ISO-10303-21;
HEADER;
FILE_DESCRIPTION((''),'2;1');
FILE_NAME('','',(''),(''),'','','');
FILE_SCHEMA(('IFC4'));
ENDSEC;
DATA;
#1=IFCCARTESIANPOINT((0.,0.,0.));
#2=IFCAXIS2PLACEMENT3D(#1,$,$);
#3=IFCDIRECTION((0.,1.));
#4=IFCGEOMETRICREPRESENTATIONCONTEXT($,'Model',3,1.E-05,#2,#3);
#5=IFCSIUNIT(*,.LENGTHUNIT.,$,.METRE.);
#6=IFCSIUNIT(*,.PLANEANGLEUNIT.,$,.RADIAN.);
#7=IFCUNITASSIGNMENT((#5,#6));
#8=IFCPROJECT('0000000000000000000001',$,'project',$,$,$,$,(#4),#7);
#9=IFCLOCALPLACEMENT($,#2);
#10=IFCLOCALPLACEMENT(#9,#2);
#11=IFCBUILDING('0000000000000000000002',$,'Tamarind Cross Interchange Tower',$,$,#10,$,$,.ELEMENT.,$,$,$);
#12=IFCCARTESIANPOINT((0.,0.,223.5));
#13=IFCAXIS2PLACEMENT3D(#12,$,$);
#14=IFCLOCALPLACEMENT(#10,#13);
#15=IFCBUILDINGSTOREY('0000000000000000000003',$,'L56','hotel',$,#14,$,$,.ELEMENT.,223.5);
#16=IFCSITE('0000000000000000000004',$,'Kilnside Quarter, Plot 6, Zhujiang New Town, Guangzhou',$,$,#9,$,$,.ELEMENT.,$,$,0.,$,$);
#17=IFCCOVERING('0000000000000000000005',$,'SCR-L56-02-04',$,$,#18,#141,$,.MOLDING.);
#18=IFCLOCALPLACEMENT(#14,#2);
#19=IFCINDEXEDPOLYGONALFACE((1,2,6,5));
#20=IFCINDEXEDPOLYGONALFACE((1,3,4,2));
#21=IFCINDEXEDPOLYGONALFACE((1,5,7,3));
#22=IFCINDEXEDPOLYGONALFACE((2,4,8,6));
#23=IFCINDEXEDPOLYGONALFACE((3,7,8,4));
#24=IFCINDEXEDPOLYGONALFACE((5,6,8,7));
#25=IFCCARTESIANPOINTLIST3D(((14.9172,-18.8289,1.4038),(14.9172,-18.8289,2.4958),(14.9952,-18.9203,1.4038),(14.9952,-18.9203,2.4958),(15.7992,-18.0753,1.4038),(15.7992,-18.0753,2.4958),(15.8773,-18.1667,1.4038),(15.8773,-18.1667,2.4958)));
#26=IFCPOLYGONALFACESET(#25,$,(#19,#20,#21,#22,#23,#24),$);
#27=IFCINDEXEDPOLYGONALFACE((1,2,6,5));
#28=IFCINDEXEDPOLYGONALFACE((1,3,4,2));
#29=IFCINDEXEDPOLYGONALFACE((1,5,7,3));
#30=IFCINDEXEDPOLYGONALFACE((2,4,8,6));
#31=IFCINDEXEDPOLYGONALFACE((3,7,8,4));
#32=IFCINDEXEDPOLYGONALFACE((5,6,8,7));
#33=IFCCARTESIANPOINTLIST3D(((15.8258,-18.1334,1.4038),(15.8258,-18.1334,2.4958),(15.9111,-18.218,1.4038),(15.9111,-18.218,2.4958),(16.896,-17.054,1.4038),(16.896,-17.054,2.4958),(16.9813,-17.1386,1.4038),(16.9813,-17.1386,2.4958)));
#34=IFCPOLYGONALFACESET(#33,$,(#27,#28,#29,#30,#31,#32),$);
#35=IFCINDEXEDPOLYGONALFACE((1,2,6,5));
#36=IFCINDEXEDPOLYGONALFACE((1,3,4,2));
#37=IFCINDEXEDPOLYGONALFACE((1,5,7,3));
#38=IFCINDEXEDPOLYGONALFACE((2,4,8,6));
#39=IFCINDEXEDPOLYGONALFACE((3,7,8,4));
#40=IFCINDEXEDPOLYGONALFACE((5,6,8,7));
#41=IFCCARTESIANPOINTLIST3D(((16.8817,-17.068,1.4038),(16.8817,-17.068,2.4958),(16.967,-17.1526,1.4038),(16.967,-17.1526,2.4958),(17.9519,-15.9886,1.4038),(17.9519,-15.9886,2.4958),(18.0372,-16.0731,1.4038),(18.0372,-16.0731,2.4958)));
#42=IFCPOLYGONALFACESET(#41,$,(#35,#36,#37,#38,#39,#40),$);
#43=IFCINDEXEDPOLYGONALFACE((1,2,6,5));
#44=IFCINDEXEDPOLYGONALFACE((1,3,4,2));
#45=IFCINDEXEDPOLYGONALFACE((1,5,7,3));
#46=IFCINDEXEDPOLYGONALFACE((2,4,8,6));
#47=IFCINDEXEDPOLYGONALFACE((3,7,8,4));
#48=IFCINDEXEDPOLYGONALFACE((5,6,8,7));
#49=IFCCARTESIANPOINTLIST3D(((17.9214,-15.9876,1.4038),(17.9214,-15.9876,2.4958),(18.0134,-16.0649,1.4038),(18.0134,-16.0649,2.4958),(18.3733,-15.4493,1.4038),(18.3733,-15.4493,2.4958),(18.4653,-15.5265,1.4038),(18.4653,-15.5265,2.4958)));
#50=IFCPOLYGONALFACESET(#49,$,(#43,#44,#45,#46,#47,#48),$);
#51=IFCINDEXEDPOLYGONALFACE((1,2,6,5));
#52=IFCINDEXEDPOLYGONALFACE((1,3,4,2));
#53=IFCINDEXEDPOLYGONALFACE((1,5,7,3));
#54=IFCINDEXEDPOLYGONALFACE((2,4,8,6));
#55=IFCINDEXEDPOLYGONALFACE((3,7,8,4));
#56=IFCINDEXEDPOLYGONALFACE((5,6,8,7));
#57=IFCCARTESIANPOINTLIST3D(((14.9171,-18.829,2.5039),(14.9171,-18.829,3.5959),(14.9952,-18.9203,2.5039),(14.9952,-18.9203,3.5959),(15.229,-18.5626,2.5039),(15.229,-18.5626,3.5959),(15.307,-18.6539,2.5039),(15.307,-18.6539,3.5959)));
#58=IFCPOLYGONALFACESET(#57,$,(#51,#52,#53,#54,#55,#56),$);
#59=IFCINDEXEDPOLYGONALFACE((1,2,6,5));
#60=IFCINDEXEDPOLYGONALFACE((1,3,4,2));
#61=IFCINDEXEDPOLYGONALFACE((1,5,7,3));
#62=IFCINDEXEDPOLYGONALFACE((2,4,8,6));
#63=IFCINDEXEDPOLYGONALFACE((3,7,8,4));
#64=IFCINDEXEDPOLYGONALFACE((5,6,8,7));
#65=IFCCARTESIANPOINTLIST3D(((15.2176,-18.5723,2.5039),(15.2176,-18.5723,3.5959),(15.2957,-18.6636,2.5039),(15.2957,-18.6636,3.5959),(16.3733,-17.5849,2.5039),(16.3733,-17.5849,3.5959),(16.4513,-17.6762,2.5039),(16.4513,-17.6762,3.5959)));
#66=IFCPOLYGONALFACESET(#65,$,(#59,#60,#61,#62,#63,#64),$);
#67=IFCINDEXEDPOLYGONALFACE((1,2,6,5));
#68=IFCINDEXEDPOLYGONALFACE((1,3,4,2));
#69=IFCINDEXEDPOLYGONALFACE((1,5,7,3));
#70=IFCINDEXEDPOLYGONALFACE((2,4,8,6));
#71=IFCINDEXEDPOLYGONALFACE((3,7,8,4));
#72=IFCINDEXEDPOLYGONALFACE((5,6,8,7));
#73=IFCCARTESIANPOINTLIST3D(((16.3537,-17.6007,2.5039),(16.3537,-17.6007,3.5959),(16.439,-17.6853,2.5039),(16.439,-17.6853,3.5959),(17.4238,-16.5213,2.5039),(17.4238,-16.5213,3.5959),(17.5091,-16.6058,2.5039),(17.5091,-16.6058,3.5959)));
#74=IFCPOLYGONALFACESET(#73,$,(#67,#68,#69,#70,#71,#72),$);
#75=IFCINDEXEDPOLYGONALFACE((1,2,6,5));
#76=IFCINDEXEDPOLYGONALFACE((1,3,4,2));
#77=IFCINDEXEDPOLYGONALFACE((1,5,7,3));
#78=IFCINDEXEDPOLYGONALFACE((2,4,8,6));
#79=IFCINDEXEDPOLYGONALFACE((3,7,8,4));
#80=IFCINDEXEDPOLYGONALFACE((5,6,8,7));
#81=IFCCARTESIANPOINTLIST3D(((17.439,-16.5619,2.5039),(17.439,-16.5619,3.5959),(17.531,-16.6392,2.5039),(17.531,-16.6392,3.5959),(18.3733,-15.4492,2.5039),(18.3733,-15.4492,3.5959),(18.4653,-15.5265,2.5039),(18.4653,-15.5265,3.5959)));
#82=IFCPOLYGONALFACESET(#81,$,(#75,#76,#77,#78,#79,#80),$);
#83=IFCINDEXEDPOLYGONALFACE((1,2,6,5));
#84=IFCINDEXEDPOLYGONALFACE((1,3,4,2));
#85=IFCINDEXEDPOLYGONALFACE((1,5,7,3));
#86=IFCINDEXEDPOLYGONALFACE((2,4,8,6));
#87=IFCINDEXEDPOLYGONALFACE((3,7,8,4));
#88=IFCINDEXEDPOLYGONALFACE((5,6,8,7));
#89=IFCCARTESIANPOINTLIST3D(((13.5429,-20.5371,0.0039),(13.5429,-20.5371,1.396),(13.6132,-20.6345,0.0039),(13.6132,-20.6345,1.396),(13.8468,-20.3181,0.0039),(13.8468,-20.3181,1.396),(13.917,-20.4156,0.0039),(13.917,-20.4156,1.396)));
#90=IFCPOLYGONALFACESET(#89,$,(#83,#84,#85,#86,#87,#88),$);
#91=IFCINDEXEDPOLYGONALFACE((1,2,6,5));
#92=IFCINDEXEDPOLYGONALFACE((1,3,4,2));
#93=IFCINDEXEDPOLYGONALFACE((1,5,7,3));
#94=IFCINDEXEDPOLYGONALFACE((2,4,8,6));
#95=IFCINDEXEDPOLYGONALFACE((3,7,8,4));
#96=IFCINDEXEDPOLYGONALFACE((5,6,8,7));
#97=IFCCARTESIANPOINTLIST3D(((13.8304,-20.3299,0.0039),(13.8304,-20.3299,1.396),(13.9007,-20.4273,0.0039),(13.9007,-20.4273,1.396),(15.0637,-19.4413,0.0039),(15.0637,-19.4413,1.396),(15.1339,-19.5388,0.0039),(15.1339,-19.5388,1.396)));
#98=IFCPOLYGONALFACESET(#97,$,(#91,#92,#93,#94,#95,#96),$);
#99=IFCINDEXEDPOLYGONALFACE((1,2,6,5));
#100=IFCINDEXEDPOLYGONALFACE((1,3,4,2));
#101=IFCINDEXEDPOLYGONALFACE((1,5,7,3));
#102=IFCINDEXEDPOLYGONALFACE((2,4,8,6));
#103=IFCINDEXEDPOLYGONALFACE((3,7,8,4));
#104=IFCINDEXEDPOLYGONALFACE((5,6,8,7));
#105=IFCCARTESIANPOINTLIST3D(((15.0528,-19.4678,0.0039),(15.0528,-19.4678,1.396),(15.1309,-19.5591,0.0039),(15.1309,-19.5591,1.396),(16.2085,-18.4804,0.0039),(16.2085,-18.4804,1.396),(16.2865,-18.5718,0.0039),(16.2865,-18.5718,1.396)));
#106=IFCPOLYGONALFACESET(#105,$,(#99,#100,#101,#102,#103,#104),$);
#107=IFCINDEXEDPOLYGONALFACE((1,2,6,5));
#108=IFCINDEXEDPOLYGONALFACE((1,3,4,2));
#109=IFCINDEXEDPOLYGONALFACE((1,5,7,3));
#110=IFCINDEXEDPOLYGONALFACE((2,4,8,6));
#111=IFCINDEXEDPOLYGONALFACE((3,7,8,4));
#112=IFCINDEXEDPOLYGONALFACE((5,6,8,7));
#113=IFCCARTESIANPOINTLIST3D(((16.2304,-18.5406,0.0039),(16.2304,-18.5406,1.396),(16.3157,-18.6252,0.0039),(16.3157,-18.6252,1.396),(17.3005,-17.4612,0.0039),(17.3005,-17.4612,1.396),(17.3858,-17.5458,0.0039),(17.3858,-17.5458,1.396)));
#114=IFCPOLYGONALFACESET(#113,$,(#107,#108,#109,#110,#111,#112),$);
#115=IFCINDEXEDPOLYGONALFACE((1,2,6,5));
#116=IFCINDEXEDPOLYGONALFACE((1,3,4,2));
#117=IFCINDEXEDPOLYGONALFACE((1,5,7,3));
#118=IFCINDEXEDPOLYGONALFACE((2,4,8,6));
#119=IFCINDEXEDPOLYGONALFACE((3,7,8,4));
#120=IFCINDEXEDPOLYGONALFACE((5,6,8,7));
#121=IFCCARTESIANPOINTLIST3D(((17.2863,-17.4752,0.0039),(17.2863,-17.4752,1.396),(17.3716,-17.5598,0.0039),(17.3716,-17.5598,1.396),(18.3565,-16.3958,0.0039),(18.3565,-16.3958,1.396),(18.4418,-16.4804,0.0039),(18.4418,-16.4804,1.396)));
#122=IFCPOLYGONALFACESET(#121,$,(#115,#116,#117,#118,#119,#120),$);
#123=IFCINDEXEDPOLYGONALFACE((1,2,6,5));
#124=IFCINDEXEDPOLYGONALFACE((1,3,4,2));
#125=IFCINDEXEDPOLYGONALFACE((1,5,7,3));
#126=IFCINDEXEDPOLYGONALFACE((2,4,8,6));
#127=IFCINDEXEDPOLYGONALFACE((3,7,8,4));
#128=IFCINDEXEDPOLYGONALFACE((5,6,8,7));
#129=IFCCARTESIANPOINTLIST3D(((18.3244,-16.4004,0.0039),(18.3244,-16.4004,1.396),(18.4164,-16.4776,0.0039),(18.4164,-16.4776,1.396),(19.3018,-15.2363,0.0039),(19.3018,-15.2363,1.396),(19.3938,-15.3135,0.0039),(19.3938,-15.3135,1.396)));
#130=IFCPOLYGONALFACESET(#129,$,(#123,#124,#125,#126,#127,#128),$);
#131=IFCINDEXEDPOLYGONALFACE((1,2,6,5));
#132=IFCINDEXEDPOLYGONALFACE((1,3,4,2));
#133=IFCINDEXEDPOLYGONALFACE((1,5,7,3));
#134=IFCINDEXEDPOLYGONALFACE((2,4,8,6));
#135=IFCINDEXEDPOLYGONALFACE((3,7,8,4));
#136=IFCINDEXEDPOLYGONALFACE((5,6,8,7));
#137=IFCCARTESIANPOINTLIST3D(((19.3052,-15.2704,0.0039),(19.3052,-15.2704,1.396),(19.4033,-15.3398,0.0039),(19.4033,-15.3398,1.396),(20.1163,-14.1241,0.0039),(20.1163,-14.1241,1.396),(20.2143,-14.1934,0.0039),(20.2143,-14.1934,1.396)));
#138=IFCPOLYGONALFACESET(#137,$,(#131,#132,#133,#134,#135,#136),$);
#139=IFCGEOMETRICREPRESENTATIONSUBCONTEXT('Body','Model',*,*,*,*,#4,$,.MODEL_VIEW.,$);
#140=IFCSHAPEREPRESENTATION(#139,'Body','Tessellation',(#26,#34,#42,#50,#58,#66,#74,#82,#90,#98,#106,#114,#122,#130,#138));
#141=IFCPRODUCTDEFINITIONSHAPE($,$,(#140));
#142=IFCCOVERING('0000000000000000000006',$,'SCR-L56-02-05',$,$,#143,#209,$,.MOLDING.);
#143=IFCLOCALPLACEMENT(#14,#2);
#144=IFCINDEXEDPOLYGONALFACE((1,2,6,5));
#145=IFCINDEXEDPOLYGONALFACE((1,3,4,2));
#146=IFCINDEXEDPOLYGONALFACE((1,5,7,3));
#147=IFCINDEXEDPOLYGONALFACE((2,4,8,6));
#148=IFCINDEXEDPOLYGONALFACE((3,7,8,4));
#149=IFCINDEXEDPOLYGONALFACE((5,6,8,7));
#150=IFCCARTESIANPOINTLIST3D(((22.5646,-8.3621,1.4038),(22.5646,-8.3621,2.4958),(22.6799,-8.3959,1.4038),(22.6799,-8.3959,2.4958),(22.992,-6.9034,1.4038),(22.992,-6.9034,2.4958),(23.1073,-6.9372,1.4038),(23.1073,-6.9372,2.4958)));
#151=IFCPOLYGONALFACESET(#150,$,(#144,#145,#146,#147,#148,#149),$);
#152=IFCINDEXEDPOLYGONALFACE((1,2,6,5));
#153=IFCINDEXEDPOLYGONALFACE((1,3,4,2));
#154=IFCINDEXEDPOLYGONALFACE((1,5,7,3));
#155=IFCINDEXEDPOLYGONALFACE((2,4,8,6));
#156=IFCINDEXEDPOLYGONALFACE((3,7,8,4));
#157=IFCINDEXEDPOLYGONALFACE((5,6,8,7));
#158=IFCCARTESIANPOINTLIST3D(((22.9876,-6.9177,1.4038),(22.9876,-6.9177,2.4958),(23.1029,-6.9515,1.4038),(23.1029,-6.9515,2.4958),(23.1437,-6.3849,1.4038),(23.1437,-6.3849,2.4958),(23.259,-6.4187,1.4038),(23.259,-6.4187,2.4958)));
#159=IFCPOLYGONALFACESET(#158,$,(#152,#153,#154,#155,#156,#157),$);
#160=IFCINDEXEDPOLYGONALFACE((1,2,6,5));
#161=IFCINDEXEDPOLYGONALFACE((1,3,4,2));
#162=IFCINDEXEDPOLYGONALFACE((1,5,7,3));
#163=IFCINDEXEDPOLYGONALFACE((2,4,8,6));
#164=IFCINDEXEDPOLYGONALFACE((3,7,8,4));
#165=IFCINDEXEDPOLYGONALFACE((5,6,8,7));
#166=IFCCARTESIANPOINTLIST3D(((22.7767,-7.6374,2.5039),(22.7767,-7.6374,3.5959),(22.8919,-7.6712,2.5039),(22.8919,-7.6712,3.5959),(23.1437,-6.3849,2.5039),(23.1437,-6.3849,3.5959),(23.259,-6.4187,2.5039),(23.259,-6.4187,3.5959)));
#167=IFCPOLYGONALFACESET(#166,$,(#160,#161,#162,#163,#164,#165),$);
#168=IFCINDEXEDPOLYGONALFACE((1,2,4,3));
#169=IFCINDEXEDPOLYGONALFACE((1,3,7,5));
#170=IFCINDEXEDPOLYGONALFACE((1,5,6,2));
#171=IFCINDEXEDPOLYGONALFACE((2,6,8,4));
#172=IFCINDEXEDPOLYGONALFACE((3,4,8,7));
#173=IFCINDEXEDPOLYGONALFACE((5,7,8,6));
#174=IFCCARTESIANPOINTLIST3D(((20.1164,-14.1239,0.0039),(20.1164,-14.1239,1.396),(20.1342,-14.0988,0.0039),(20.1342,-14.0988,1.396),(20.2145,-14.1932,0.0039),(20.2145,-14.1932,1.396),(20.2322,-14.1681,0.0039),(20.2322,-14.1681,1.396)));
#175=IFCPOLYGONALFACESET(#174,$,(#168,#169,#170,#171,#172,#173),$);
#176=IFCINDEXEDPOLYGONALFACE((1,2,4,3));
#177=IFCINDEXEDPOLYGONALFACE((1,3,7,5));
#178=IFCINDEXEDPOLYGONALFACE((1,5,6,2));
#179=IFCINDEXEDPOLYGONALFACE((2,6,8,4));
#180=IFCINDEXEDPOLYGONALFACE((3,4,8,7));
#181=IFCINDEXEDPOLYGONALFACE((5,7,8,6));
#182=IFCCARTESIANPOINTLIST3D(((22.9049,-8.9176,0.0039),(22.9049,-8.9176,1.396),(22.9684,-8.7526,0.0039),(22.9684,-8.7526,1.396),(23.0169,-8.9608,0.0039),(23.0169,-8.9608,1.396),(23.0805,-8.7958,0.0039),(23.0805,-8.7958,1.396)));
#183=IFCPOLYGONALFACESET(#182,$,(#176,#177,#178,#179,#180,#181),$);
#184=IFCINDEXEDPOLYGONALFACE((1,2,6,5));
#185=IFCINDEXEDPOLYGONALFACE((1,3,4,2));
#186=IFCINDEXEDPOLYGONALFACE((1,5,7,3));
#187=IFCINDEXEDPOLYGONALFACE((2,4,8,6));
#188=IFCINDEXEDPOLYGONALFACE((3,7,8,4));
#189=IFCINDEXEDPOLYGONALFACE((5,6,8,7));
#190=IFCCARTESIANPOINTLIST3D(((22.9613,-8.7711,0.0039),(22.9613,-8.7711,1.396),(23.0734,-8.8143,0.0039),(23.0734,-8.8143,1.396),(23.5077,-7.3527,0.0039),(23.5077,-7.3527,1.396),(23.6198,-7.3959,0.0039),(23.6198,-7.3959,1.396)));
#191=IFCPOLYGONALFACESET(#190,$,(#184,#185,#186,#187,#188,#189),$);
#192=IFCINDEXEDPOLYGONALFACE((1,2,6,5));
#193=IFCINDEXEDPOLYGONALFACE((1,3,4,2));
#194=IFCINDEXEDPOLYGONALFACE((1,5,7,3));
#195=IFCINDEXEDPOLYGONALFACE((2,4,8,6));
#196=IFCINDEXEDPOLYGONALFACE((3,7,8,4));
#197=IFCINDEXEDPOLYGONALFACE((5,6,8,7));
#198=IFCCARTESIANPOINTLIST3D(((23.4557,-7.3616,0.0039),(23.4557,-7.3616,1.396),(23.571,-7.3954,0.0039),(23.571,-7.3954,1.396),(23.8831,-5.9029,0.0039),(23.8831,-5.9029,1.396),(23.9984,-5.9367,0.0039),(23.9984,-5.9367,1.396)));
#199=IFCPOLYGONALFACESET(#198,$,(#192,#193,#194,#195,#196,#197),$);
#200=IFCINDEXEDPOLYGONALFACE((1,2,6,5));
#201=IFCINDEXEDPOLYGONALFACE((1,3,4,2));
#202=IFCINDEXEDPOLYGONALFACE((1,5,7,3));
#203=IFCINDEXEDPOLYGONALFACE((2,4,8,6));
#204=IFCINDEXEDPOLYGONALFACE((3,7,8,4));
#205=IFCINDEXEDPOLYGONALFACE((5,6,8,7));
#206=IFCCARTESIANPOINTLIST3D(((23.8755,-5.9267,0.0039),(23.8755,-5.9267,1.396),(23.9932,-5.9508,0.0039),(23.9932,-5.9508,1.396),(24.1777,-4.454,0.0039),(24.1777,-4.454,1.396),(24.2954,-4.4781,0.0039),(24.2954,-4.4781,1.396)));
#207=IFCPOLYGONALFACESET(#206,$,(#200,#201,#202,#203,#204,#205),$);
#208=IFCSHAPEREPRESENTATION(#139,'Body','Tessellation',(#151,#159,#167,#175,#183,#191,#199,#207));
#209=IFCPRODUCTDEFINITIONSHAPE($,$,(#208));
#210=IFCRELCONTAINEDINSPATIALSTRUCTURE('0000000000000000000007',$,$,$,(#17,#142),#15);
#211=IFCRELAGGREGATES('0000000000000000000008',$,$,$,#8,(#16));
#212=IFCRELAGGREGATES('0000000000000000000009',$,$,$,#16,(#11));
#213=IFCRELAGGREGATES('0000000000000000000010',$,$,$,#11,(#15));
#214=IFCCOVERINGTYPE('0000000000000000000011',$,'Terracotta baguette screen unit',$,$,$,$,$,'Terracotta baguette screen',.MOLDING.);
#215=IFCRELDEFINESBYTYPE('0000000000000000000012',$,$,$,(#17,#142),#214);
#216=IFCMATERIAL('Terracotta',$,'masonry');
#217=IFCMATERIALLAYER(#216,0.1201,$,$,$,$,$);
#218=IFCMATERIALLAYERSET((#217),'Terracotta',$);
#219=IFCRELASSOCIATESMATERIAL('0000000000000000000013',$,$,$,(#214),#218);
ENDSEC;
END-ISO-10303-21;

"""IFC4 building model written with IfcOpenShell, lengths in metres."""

from ifc_helpers import new_model, si_unit, direction, frame, origin, origin_2d, place, context, subcontext, project, spatial, rectangle, extrude, material, layer, layer_set, type_object, element, save


model = new_model("IFC4")

# Units and contexts
model_context = context("Model", 3, precision=1e-05, world=origin(), true_north=direction((0.0, 1.0)))
body_context = subcontext(model_context, "Body", "Model", "MODEL_VIEW")
ifc_project = project(units=[si_unit("LENGTHUNIT", "METRE"), si_unit("PLANEANGLEUNIT", "RADIAN")], contexts=[model_context])

# Site, building, storey
site_placement = place(None, origin())
site = spatial("IfcSite", under=ifc_project, at=site_placement, Name="Kilnside Quarter, Plot 6, Zhujiang New Town, Guangzhou", CompositionType="ELEMENT", RefElevation=0.0)
building_placement = place(site_placement, origin())
building = spatial("IfcBuilding", under=site, at=building_placement, Name="Tamarind Cross Interchange Tower", CompositionType="ELEMENT")
storey_placement = place(building_placement, frame((0.0, 0.0, 223.5)))
storey = spatial("IfcBuildingStorey", under=building, at=storey_placement, Name="L56", Description="hotel", CompositionType="ELEMENT", Elevation=223.5)

# Coverings
ifc_material_1 = material(Name="Terracotta", Category="masonry")
ifc_layer_1 = layer(ifc_material_1, 0.1201)
ifc_layer_set_1 = layer_set([ifc_layer_1], Name="Terracotta")
covering_type = type_object("IfcCoveringType", Name="Terracotta baguette screen unit", ElementType="Terracotta baguette screen", PredefinedType="MOLDING", material=ifc_layer_set_1)
covering_1_placement = place(storey_placement, origin())
element("IfcCovering", 1, at=covering_1_placement, inside=storey, type_object=covering_type, Name="SCR-L56-02-04", PredefinedType="MOLDING", context=body_context, shape_type="SweptSolid", body=[
    extrude(rectangle(XDim=1.1602, YDim=0.1201, at=origin_2d()), frame((15.3972, -18.4978, 1.4038), z_axis=(0.0, 0.0, 1.0), x_axis=(0.760296, 0.649577, 0.0)), (0.0, 0.0, 1.0), 1.092),
    extrude(rectangle(XDim=1.52, YDim=0.1201, at=origin_2d()), frame((16.4036, -17.636, 1.4038), z_axis=(0.0, 0.0, 1.0), x_axis=(0.704057, 0.710143, 0.0)), (0.0, 0.0, 1.0), 1.092),
    extrude(rectangle(XDim=1.52, YDim=0.1201, at=origin_2d()), frame((17.4595, -16.5706, 1.4038), z_axis=(0.0, 0.0, 1.0), x_axis=(0.704057, 0.710143, 0.0)), (0.0, 0.0, 1.0), 1.092),
    extrude(rectangle(XDim=0.7029, YDim=0.1201, at=origin_2d()), frame((18.1934, -15.7571, 1.4038), z_axis=(0.0, 0.0, 1.0), x_axis=(0.643009, 0.765858, 0.0)), (0.0, 0.0, 1.0), 1.092),
    extrude(rectangle(XDim=0.4102, YDim=0.1201, at=origin_2d()), frame((15.1121, -18.7415, 2.5039), z_axis=(0.0, 0.0, 1.0), x_axis=(0.760296, 0.649577, 0.0)), (0.0, 0.0, 1.0), 1.092),
    extrude(rectangle(XDim=1.52, YDim=0.1201, at=origin_2d()), frame((15.8345, -18.1243, 2.5039), z_axis=(0.0, 0.0, 1.0), x_axis=(0.760296, 0.649577, 0.0)), (0.0, 0.0, 1.0), 1.092),
    extrude(rectangle(XDim=1.52, YDim=0.1201, at=origin_2d()), frame((16.9314, -17.1033, 2.5039), z_axis=(0.0, 0.0, 1.0), x_axis=(0.704057, 0.710143, 0.0)), (0.0, 0.0, 1.0), 1.092),
    extrude(rectangle(XDim=1.4529, YDim=0.1201, at=origin_2d()), frame((17.9521, -16.0442, 2.5039), z_axis=(0.0, 0.0, 1.0), x_axis=(0.643009, 0.765858, 0.0)), (0.0, 0.0, 1.0), 1.092),
    extrude(rectangle(XDim=0.3745, YDim=0.1201, at=origin_2d()), frame((13.73, -20.4763, 0.0039), z_axis=(0.0, 0.0, 1.0), x_axis=(0.81134, 0.584574, 0.0)), (0.0, 0.0, 1.0), 1.3921),
    extrude(rectangle(XDim=1.52, YDim=0.1201, at=origin_2d()), frame((14.4822, -19.9343, 0.0039), z_axis=(0.0, 0.0, 1.0), x_axis=(0.81134, 0.584574, 0.0)), (0.0, 0.0, 1.0), 1.3921),
    extrude(rectangle(XDim=1.52, YDim=0.1201, at=origin_2d()), frame((15.6697, -19.0198, 0.0039), z_axis=(0.0, 0.0, 1.0), x_axis=(0.760296, 0.649577, 0.0)), (0.0, 0.0, 1.0), 1.3921),
    extrude(rectangle(XDim=1.52, YDim=0.1201, at=origin_2d()), frame((16.8081, -18.0432, 0.0039), z_axis=(0.0, 0.0, 1.0), x_axis=(0.704057, 0.710143, 0.0)), (0.0, 0.0, 1.0), 1.3921),
    extrude(rectangle(XDim=1.52, YDim=0.1201, at=origin_2d()), frame((17.864, -16.9778, 0.0039), z_axis=(0.0, 0.0, 1.0), x_axis=(0.704057, 0.710143, 0.0)), (0.0, 0.0, 1.0), 1.3921),
    extrude(rectangle(XDim=1.52, YDim=0.1201, at=origin_2d()), frame((18.8591, -15.8569, 0.0039), z_axis=(0.0, 0.0, 1.0), x_axis=(0.643009, 0.765858, 0.0)), (0.0, 0.0, 1.0), 1.3921),
    extrude(rectangle(XDim=1.4043, YDim=0.1201, at=origin_2d()), frame((19.7598, -14.7319, 0.0039), z_axis=(0.0, 0.0, 1.0), x_axis=(0.577569, 0.816342, 0.0)), (0.0, 0.0, 1.0), 1.3921),
])
covering_2_placement = place(storey_placement, origin())
element("IfcCovering", 2, at=covering_2_placement, inside=storey, type_object=covering_type, Name="SCR-L56-02-05", PredefinedType="MOLDING", context=body_context, shape_type="SweptSolid", body=[
    extrude(rectangle(XDim=1.52, YDim=0.1201, at=origin_2d()), frame((22.8359, -7.6497, 1.4038), z_axis=(0.0, 0.0, 1.0), x_axis=(0.281209, 0.959647, 0.0)), (0.0, 0.0, 1.0), 1.092),
    extrude(rectangle(XDim=0.5552, YDim=0.1201, at=origin_2d()), frame((23.1233, -6.6682, 1.4038), z_axis=(0.0, 0.0, 1.0), x_axis=(0.281209, 0.959647, 0.0)), (0.0, 0.0, 1.0), 1.092),
    extrude(rectangle(XDim=1.3052, YDim=0.1201, at=origin_2d()), frame((23.0178, -7.0281, 2.5039), z_axis=(0.0, 0.0, 1.0), x_axis=(0.281209, 0.959647, 0.0)), (0.0, 0.0, 1.0), 1.092),
    extrude(rectangle(XDim=0.0308, YDim=0.1201, at=origin_2d()), frame((20.1743, -14.146, 0.0039), z_axis=(0.0, 0.0, 1.0), x_axis=(0.577569, 0.816342, 0.0)), (0.0, 0.0, 1.0), 1.3921),
    extrude(rectangle(XDim=0.1768, YDim=0.1201, at=origin_2d()), frame((22.9927, -8.8567, 0.0039), z_axis=(0.0, 0.0, 1.0), x_axis=(0.359495, 0.933147, 0.0)), (0.0, 0.0, 1.0), 1.3921),
    extrude(rectangle(XDim=1.52, YDim=0.1201, at=origin_2d()), frame((23.2905, -8.0835, 0.0039), z_axis=(0.0, 0.0, 1.0), x_axis=(0.359495, 0.933147, 0.0)), (0.0, 0.0, 1.0), 1.3921),
    extrude(rectangle(XDim=1.52, YDim=0.1201, at=origin_2d()), frame((23.7271, -6.6492, 0.0039), z_axis=(0.0, 0.0, 1.0), x_axis=(0.281209, 0.959647, 0.0)), (0.0, 0.0, 1.0), 1.3921),
    extrude(rectangle(XDim=1.5034, YDim=0.1201, at=origin_2d()), frame((24.0854, -5.2024, 0.0039), z_axis=(0.0, 0.0, 1.0), x_axis=(0.201001, 0.979591, 0.0)), (0.0, 0.0, 1.0), 1.3921),
])

save(model, "model.ifc")
